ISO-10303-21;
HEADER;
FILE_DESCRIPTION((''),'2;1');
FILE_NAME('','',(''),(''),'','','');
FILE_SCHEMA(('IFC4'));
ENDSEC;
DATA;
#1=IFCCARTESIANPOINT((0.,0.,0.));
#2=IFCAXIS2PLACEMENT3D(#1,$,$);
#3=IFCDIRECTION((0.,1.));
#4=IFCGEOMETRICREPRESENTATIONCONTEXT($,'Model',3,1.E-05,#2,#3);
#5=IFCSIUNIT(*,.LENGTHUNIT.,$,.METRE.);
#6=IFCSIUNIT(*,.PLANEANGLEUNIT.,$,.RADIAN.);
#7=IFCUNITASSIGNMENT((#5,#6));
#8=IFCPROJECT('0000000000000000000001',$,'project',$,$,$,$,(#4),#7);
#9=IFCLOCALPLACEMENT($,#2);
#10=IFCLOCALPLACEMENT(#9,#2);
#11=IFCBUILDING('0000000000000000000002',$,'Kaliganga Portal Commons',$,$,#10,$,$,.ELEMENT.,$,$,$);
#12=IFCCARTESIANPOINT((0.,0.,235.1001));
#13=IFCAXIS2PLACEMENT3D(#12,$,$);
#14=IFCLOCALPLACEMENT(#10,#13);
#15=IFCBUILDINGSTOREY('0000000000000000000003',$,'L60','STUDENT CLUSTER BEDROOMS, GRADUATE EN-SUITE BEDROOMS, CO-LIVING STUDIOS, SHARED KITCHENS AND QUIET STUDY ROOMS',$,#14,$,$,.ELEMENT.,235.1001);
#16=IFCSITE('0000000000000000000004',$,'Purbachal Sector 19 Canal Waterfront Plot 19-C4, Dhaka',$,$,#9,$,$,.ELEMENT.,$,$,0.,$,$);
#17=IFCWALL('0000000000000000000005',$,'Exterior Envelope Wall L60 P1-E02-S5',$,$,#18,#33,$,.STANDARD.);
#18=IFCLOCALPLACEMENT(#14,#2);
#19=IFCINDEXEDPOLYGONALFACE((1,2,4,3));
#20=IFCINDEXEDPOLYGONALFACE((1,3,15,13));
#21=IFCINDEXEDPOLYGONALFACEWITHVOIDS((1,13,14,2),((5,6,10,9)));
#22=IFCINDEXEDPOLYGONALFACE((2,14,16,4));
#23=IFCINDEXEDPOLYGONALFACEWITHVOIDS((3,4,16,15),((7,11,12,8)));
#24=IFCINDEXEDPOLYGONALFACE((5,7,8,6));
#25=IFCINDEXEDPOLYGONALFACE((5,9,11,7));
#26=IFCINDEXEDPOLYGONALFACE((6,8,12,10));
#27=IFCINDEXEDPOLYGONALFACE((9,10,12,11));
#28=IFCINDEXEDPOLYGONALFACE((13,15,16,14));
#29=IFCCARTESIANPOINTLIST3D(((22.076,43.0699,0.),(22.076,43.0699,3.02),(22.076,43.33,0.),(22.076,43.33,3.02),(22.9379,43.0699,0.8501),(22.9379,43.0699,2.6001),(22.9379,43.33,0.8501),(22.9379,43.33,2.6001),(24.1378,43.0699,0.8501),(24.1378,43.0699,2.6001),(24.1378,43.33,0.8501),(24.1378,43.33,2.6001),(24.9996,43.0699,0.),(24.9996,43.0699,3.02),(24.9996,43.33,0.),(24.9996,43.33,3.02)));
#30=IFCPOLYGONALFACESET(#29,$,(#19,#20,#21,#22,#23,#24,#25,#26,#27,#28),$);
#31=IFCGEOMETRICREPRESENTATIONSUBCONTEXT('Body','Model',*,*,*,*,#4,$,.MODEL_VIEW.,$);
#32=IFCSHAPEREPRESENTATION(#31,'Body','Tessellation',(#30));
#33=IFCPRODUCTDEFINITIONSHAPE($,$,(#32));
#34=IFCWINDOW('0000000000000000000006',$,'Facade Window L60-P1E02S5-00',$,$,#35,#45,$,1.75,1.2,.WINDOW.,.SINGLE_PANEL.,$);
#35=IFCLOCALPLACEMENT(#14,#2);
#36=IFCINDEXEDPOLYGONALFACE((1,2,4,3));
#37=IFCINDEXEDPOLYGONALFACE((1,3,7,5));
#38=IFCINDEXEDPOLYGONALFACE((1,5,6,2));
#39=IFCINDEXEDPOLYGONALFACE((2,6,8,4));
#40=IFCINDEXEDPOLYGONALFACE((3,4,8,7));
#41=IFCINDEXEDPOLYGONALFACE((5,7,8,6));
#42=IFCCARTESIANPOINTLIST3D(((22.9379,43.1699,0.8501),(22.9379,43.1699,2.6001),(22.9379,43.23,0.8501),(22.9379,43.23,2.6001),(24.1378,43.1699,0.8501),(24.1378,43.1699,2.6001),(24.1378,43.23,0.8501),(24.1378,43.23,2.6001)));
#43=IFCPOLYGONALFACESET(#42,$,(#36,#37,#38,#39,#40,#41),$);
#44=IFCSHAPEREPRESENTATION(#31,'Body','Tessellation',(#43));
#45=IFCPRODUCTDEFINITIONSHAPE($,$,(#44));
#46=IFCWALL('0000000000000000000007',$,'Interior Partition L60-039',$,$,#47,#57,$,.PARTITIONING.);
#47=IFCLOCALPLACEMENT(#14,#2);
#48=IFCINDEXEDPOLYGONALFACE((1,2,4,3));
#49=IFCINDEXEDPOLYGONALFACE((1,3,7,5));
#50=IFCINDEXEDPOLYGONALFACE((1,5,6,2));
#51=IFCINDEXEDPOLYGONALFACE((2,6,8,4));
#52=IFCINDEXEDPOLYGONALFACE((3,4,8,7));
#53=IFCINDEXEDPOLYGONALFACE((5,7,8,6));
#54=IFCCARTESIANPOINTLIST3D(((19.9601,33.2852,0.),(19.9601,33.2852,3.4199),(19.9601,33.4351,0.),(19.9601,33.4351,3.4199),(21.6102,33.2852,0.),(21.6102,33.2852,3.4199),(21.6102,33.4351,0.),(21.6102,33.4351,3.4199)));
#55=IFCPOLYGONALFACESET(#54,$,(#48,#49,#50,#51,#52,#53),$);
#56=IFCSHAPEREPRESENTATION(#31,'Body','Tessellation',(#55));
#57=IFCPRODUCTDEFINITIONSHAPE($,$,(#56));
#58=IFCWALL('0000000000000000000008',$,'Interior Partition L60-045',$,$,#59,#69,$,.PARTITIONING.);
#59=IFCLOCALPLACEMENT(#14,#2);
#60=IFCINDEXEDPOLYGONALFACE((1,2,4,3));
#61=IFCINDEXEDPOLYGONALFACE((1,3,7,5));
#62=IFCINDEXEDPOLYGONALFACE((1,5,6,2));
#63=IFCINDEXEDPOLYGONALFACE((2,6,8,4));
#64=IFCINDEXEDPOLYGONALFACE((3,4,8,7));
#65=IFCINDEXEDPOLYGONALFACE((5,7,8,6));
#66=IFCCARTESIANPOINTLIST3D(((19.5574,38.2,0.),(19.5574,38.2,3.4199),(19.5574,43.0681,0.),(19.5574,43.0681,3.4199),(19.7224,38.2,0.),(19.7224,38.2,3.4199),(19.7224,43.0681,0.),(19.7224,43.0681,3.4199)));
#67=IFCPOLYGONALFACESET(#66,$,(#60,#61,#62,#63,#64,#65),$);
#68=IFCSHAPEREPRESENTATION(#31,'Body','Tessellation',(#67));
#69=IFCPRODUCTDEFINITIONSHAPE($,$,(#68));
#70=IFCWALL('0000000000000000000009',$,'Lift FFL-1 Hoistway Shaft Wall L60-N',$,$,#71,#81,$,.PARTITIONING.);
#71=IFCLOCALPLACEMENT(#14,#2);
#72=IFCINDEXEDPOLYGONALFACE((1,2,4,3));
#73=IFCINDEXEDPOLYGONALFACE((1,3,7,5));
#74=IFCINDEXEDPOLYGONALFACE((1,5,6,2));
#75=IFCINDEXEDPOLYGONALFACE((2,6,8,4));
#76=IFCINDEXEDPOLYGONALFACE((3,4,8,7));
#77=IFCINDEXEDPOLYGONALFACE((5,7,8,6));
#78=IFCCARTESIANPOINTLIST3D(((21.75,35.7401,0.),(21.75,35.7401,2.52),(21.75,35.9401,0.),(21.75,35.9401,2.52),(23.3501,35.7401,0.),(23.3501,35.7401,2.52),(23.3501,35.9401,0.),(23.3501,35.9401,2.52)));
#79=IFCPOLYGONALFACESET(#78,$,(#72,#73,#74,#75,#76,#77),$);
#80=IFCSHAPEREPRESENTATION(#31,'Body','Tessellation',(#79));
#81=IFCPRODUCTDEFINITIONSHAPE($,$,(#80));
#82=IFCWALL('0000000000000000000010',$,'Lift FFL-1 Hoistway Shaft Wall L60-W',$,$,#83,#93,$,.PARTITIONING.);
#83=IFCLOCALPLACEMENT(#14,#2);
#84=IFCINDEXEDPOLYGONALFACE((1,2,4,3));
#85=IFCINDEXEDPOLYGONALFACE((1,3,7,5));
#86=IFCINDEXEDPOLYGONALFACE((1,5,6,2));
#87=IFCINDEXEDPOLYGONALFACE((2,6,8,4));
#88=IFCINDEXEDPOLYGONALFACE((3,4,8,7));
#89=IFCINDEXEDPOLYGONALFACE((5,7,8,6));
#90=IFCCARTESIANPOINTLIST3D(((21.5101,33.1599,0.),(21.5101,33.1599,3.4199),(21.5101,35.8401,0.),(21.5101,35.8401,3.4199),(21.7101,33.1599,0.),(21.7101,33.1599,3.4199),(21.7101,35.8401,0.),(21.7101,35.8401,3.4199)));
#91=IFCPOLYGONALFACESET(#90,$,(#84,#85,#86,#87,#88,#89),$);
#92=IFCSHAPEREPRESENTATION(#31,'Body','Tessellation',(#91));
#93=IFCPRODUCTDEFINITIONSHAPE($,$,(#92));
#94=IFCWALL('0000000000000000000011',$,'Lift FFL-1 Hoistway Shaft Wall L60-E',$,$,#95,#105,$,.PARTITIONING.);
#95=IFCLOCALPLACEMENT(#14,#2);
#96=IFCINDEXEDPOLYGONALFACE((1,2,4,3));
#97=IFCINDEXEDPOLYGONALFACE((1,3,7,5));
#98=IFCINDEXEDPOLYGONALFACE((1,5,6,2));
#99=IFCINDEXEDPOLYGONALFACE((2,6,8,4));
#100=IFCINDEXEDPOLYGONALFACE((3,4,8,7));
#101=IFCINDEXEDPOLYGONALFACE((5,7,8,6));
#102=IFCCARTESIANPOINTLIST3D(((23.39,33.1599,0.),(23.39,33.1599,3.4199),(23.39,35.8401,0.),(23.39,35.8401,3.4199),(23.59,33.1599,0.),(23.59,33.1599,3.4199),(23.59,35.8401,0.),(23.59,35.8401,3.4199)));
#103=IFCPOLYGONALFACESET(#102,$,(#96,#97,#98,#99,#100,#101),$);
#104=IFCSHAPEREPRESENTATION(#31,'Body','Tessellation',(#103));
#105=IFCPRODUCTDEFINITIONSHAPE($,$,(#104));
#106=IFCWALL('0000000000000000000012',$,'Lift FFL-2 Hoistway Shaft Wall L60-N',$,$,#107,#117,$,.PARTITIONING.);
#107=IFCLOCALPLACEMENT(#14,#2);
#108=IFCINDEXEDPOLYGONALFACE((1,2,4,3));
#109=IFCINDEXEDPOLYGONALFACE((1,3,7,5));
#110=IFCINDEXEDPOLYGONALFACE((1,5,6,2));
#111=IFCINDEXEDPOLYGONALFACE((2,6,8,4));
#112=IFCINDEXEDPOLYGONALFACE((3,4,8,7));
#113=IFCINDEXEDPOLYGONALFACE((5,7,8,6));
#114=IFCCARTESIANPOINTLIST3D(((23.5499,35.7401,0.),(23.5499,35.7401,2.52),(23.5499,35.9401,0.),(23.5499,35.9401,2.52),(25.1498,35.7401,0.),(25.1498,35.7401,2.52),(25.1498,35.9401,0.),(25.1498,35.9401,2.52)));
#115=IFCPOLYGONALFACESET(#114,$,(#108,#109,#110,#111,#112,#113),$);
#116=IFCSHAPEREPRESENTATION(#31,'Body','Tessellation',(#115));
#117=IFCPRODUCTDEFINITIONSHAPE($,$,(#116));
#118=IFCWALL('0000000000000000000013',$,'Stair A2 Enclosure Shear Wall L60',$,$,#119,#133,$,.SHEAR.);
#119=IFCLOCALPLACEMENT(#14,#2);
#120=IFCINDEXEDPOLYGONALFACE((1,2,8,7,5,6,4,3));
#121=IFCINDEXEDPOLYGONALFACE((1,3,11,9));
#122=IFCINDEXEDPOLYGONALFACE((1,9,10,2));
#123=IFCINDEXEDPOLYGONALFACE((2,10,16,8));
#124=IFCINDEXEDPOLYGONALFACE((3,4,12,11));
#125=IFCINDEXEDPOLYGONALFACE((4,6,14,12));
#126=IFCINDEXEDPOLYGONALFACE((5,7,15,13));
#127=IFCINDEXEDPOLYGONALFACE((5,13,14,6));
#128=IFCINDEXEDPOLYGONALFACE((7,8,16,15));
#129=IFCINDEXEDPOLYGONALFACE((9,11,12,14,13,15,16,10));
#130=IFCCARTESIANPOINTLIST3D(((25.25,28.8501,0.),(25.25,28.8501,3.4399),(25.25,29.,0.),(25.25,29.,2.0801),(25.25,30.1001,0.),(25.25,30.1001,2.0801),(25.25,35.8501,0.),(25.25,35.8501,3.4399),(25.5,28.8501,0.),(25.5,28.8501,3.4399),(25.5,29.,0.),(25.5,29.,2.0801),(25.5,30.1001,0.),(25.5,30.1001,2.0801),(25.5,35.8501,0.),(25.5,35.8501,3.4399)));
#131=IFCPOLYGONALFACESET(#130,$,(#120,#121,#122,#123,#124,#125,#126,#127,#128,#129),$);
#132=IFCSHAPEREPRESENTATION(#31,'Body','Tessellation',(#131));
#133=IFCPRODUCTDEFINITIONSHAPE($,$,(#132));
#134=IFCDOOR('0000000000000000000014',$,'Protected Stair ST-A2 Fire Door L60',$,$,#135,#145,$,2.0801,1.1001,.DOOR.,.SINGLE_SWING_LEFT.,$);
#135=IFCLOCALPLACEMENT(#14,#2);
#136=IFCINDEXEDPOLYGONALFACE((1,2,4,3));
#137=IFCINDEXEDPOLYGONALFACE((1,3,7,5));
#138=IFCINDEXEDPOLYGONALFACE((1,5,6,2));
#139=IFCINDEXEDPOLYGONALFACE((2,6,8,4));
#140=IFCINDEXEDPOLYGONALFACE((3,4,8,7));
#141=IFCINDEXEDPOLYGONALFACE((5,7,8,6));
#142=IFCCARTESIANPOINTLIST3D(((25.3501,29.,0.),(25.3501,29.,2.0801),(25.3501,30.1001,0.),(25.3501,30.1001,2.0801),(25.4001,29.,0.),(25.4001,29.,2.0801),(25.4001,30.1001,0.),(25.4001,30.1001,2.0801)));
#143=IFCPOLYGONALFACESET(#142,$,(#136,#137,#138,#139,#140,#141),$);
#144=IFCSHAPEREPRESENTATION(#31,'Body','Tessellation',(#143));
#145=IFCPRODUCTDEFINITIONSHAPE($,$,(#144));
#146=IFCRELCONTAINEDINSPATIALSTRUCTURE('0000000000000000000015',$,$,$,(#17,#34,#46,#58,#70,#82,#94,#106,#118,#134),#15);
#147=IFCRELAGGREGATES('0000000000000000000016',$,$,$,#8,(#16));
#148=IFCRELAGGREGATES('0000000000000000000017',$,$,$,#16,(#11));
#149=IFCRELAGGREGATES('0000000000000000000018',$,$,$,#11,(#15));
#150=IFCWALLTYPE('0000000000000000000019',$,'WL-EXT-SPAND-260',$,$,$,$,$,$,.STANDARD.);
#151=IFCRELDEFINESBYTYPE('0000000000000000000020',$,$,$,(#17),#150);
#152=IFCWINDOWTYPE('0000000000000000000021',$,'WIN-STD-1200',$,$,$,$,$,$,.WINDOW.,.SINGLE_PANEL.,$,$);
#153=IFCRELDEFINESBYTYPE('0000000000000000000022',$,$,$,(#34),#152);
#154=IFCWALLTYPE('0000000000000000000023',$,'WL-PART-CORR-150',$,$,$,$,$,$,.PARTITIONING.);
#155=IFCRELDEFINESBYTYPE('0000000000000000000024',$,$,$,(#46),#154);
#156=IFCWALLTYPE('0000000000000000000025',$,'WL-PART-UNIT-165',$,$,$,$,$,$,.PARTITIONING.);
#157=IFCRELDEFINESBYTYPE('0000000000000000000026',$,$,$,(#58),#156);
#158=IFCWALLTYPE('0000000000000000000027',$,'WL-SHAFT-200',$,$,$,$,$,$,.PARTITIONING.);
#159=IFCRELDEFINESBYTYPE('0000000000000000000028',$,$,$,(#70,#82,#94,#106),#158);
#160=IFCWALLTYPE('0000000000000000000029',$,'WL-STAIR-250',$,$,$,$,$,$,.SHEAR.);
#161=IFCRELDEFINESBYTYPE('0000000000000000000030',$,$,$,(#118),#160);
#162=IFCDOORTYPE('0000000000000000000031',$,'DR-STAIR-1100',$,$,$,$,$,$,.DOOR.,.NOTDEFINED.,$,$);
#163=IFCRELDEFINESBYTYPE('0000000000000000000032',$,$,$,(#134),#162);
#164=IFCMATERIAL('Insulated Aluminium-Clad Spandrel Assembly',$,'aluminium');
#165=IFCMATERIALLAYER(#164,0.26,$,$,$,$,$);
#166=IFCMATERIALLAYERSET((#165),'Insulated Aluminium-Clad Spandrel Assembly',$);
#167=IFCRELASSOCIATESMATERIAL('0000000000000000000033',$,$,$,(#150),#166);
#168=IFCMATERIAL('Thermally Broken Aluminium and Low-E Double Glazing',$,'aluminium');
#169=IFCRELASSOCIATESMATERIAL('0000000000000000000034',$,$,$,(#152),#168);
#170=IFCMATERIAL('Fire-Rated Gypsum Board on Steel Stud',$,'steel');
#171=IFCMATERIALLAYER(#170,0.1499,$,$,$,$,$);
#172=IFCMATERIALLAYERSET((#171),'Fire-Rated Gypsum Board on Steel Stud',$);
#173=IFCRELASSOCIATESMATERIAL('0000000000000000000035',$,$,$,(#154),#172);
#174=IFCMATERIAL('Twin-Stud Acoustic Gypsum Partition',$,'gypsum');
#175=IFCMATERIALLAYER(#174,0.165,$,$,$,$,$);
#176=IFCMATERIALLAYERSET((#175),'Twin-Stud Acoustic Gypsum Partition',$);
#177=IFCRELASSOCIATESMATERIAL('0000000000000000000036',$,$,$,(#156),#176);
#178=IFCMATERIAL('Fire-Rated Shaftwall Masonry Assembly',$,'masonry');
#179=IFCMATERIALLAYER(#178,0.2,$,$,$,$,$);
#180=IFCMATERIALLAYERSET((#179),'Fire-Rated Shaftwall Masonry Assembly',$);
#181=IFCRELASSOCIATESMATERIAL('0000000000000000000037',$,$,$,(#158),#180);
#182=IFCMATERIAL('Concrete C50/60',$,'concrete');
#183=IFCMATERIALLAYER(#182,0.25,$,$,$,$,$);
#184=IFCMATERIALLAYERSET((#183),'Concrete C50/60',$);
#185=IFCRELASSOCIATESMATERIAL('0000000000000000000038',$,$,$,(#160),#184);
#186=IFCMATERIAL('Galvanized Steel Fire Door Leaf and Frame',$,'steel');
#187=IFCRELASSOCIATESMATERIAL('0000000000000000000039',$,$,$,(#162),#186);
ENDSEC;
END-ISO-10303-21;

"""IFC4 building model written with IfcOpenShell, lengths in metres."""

from ifc_helpers import new_model, si_unit, direction, frame, frame_2d, origin, place, context, subcontext, project, spatial, rectangle, extrude, material, layer, layer_set, type_object, element, fill, save


model = new_model("IFC4")

# Units and contexts
model_context = context("Model", 3, precision=1e-05, world=origin(), true_north=direction((0.0, 1.0)))
body_context = subcontext(model_context, "Body", "Model", "MODEL_VIEW")
ifc_project = project(units=[si_unit("LENGTHUNIT", "METRE"), si_unit("PLANEANGLEUNIT", "RADIAN")], contexts=[model_context])

# Site, building, storey
site_placement = place(None, origin())
site = spatial("IfcSite", under=ifc_project, at=site_placement, Name="Purbachal Sector 19 Canal Waterfront Plot 19-C4, Dhaka", CompositionType="ELEMENT", RefElevation=0.0)
building_placement = place(site_placement, origin())
building = spatial("IfcBuilding", under=site, at=building_placement, Name="Kaliganga Portal Commons", CompositionType="ELEMENT")
storey_placement = place(building_placement, frame((0.0, 0.0, 235.1001)))
storey = spatial("IfcBuildingStorey", under=building, at=storey_placement, Name="L60", Description="STUDENT CLUSTER BEDROOMS, GRADUATE EN-SUITE BEDROOMS, CO-LIVING STUDIOS, SHARED KITCHENS AND QUIET STUDY ROOMS", CompositionType="ELEMENT", Elevation=235.1001)

# Shared definitions
ifc_material_1 = material(Name="Concrete C50/60", Category="concrete")

# Wall, opening, window
ifc_material_2 = material(Name="Insulated Aluminium-Clad Spandrel Assembly", Category="aluminium")
ifc_layer_1 = layer(ifc_material_2, 0.26)
ifc_layer_set_1 = layer_set([ifc_layer_1], Name="Insulated Aluminium-Clad Spandrel Assembly")
wall_type_1 = type_object("IfcWallType", Name="WL-EXT-SPAND-260", PredefinedType="STANDARD", material=ifc_layer_set_1)
ifc_material_3 = material(Name="Thermally Broken Aluminium and Low-E Double Glazing", Category="aluminium")
window_type = type_object("IfcWindowType", Name="WIN-STD-1200", PartitioningType="SINGLE_PANEL", PredefinedType="WINDOW", material=ifc_material_3)
wall_1_placement = place(storey_placement, frame((22.0759, 43.2, 0.0), z_axis=(0.0, 0.0, 1.0), x_axis=(1.0, 0.0, 0.0)))
wall_1 = element("IfcWall", 1, at=wall_1_placement, inside=storey, type_object=wall_type_1, Name="Exterior Envelope Wall L60 P1-E02-S5", PredefinedType="STANDARD", context=body_context, shape_type="SweptSolid", body=[
    extrude(rectangle(XDim=2.9236, YDim=0.26, at=frame_2d((1.4619, 0.0))), origin(), (0.0, 0.0, 1.0), 3.02),
])
opening_1_placement = place(wall_1_placement, frame((0.8618, 0.0, 0.8501)))
opening_1 = element("IfcOpeningElement", 2, at=opening_1_placement, cuts=wall_1, PredefinedType="OPENING", context=body_context, shape_type="SweptSolid", body=[
    extrude(rectangle(XDim=1.2, YDim=1.75, at=frame_2d((0.6001, 0.875))), frame((0.0, 0.1401, 0.0), z_axis=(0.0, -1.0, 0.0), x_axis=(1.0, 0.0, 0.0)), (0.0, 0.0, 1.0), 0.28),
])
window_1_placement = place(opening_1_placement, origin())
window_1 = element("IfcWindow", 3, at=window_1_placement, inside=storey, type_object=window_type, Name="Facade Window L60-P1E02S5-00", OverallHeight=1.75, OverallWidth=1.2, PartitioningType="SINGLE_PANEL", PredefinedType="WINDOW", context=body_context, shape_type="SweptSolid", body=[
    extrude(rectangle(XDim=1.2, YDim=1.75, at=frame_2d((0.6001, 0.875))), frame((0.0, 0.03, 0.0), z_axis=(0.0, -1.0, 0.0), x_axis=(1.0, 0.0, 0.0)), (0.0, 0.0, 1.0), 0.0601),
])
fill(opening_1, window_1)

# Walls
ifc_material_4 = material(Name="Fire-Rated Gypsum Board on Steel Stud", Category="steel")
ifc_layer_2 = layer(ifc_material_4, 0.1499)
ifc_layer_set_2 = layer_set([ifc_layer_2], Name="Fire-Rated Gypsum Board on Steel Stud")
wall_type_2 = type_object("IfcWallType", Name="WL-PART-CORR-150", PredefinedType="PARTITIONING", material=ifc_layer_set_2)
wall_2_placement = place(storey_placement, frame((19.96, 33.3601, 0.0), z_axis=(0.0, 0.0, 1.0), x_axis=(1.0, 0.0, 0.0)))
element("IfcWall", 4, at=wall_2_placement, inside=storey, type_object=wall_type_2, Name="Interior Partition L60-039", PredefinedType="PARTITIONING", context=body_context, shape_type="SweptSolid", body=[
    extrude(rectangle(XDim=1.6501, YDim=0.1499, at=frame_2d((0.8252, 0.0))), origin(), (0.0, 0.0, 1.0), 3.4199),
])
ifc_material_5 = material(Name="Twin-Stud Acoustic Gypsum Partition", Category="gypsum")
ifc_layer_3 = layer(ifc_material_5, 0.165)
ifc_layer_set_3 = layer_set([ifc_layer_3], Name="Twin-Stud Acoustic Gypsum Partition")
wall_type_3 = type_object("IfcWallType", Name="WL-PART-UNIT-165", PredefinedType="PARTITIONING", material=ifc_layer_set_3)
wall_3_placement = place(storey_placement, frame((19.6399, 38.2, 0.0), z_axis=(0.0, 0.0, 1.0), x_axis=(0.0, 1.0, 0.0)))
element("IfcWall", 5, at=wall_3_placement, inside=storey, type_object=wall_type_3, Name="Interior Partition L60-045", PredefinedType="PARTITIONING", context=body_context, shape_type="SweptSolid", body=[
    extrude(rectangle(XDim=4.8682, YDim=0.165, at=frame_2d((2.4341, 0.0))), origin(), (0.0, 0.0, 1.0), 3.4199),
])

# Shared definitions
ifc_material_6 = material(Name="Fire-Rated Shaftwall Masonry Assembly", Category="masonry")
ifc_layer_4 = layer(ifc_material_6, 0.2)
ifc_layer_set_4 = layer_set([ifc_layer_4], Name="Fire-Rated Shaftwall Masonry Assembly")
wall_type_4 = type_object("IfcWallType", Name="WL-SHAFT-200", PredefinedType="PARTITIONING", material=ifc_layer_set_4)

# Walls
wall_4_placement = place(storey_placement, frame((21.75, 35.8401, 0.0), z_axis=(0.0, 0.0, 1.0), x_axis=(1.0, 0.0, 0.0)))
element("IfcWall", 6, at=wall_4_placement, inside=storey, type_object=wall_type_4, Name="Lift FFL-1 Hoistway Shaft Wall L60-N", PredefinedType="PARTITIONING", context=body_context, shape_type="SweptSolid", body=[
    extrude(rectangle(XDim=1.6001, YDim=0.2, at=frame_2d((0.8, 0.0))), origin(), (0.0, 0.0, 1.0), 2.52),
])
for number, where, z_axis, x_axis, name in (
    (7, (21.6101, 33.1599, 0.0), (0.0, 0.0, 1.0), (0.0, 1.0, 0.0), "Lift FFL-1 Hoistway Shaft Wall L60-W"),
    (8, (23.49, 33.1599, 0.0), (0.0, 0.0, 1.0), (0.0, 1.0, 0.0), "Lift FFL-1 Hoistway Shaft Wall L60-E"),
):
    element("IfcWall", number, at=place(storey_placement, frame(where, z_axis=z_axis, x_axis=x_axis)), inside=storey, type_object=wall_type_4, Name=name, PredefinedType="PARTITIONING", context=body_context, shape_type="SweptSolid", body=[
        extrude(rectangle(XDim=2.6802, YDim=0.2, at=frame_2d((1.3401, 0.0))), origin(), (0.0, 0.0, 1.0), 3.4199),
    ])

# Wall
wall_5_placement = place(storey_placement, frame((23.55, 35.8401, 0.0), z_axis=(0.0, 0.0, 1.0), x_axis=(1.0, 0.0, 0.0)))
element("IfcWall", 9, at=wall_5_placement, inside=storey, type_object=wall_type_4, Name="Lift FFL-2 Hoistway Shaft Wall L60-N", PredefinedType="PARTITIONING", context=body_context, shape_type="SweptSolid", body=[
    extrude(rectangle(XDim=1.5999, YDim=0.2, at=frame_2d((0.7998, 0.0))), origin(), (0.0, 0.0, 1.0), 2.52),
])

# Wall, opening, door
ifc_layer_5 = layer(ifc_material_1, 0.25)
ifc_layer_set_5 = layer_set([ifc_layer_5], Name="Concrete C50/60")
wall_type_5 = type_object("IfcWallType", Name="WL-STAIR-250", PredefinedType="SHEAR", material=ifc_layer_set_5)
wall_6_placement = place(storey_placement, frame((25.375, 28.8501, 0.0), z_axis=(0.0, 0.0, 1.0), x_axis=(0.0, 1.0, 0.0)))
wall_6 = element("IfcWall", 10, at=wall_6_placement, inside=storey, type_object=wall_type_5, Name="Stair A2 Enclosure Shear Wall L60", PredefinedType="SHEAR", context=body_context, shape_type="SweptSolid", body=[
    extrude(rectangle(XDim=7.0, YDim=0.25, at=frame_2d((3.5, 0.0))), origin(), (0.0, 0.0, 1.0), 3.4399),
])
opening_2_placement = place(wall_6_placement, frame((0.1499, 0.0, 0.0)))
opening_2 = element("IfcOpeningElement", 11, at=opening_2_placement, cuts=wall_6, PredefinedType="OPENING", context=body_context, shape_type="SweptSolid", body=[
    extrude(rectangle(XDim=1.1001, YDim=2.0801, at=frame_2d((0.55, 1.04))), frame((0.0, 0.135, 0.0), z_axis=(0.0, -1.0, 0.0), x_axis=(1.0, 0.0, 0.0)), (0.0, 0.0, 1.0), 0.27),
])
ifc_material_7 = material(Name="Galvanized Steel Fire Door Leaf and Frame", Category="steel")
door_type_1 = type_object("IfcDoorType", Name="DR-STAIR-1100", OperationType="NOTDEFINED", PredefinedType="DOOR", material=ifc_material_7)
door_1_placement = place(opening_2_placement, origin())
door_1 = element("IfcDoor", 12, at=door_1_placement, inside=storey, type_object=door_type_1, Name="Protected Stair ST-A2 Fire Door L60", OperationType="SINGLE_SWING_LEFT", OverallHeight=2.0801, OverallWidth=1.1001, PredefinedType="DOOR", context=body_context, shape_type="SweptSolid", body=[
    extrude(rectangle(XDim=1.1001, YDim=2.0801, at=frame_2d((0.55, 1.04))), frame((0.0, 0.0249, 0.0), z_axis=(0.0, -1.0, 0.0), x_axis=(1.0, 0.0, 0.0)), (0.0, 0.0, 1.0), 0.05),
])
fill(opening_2, door_1)

save(model, "model.ifc")
